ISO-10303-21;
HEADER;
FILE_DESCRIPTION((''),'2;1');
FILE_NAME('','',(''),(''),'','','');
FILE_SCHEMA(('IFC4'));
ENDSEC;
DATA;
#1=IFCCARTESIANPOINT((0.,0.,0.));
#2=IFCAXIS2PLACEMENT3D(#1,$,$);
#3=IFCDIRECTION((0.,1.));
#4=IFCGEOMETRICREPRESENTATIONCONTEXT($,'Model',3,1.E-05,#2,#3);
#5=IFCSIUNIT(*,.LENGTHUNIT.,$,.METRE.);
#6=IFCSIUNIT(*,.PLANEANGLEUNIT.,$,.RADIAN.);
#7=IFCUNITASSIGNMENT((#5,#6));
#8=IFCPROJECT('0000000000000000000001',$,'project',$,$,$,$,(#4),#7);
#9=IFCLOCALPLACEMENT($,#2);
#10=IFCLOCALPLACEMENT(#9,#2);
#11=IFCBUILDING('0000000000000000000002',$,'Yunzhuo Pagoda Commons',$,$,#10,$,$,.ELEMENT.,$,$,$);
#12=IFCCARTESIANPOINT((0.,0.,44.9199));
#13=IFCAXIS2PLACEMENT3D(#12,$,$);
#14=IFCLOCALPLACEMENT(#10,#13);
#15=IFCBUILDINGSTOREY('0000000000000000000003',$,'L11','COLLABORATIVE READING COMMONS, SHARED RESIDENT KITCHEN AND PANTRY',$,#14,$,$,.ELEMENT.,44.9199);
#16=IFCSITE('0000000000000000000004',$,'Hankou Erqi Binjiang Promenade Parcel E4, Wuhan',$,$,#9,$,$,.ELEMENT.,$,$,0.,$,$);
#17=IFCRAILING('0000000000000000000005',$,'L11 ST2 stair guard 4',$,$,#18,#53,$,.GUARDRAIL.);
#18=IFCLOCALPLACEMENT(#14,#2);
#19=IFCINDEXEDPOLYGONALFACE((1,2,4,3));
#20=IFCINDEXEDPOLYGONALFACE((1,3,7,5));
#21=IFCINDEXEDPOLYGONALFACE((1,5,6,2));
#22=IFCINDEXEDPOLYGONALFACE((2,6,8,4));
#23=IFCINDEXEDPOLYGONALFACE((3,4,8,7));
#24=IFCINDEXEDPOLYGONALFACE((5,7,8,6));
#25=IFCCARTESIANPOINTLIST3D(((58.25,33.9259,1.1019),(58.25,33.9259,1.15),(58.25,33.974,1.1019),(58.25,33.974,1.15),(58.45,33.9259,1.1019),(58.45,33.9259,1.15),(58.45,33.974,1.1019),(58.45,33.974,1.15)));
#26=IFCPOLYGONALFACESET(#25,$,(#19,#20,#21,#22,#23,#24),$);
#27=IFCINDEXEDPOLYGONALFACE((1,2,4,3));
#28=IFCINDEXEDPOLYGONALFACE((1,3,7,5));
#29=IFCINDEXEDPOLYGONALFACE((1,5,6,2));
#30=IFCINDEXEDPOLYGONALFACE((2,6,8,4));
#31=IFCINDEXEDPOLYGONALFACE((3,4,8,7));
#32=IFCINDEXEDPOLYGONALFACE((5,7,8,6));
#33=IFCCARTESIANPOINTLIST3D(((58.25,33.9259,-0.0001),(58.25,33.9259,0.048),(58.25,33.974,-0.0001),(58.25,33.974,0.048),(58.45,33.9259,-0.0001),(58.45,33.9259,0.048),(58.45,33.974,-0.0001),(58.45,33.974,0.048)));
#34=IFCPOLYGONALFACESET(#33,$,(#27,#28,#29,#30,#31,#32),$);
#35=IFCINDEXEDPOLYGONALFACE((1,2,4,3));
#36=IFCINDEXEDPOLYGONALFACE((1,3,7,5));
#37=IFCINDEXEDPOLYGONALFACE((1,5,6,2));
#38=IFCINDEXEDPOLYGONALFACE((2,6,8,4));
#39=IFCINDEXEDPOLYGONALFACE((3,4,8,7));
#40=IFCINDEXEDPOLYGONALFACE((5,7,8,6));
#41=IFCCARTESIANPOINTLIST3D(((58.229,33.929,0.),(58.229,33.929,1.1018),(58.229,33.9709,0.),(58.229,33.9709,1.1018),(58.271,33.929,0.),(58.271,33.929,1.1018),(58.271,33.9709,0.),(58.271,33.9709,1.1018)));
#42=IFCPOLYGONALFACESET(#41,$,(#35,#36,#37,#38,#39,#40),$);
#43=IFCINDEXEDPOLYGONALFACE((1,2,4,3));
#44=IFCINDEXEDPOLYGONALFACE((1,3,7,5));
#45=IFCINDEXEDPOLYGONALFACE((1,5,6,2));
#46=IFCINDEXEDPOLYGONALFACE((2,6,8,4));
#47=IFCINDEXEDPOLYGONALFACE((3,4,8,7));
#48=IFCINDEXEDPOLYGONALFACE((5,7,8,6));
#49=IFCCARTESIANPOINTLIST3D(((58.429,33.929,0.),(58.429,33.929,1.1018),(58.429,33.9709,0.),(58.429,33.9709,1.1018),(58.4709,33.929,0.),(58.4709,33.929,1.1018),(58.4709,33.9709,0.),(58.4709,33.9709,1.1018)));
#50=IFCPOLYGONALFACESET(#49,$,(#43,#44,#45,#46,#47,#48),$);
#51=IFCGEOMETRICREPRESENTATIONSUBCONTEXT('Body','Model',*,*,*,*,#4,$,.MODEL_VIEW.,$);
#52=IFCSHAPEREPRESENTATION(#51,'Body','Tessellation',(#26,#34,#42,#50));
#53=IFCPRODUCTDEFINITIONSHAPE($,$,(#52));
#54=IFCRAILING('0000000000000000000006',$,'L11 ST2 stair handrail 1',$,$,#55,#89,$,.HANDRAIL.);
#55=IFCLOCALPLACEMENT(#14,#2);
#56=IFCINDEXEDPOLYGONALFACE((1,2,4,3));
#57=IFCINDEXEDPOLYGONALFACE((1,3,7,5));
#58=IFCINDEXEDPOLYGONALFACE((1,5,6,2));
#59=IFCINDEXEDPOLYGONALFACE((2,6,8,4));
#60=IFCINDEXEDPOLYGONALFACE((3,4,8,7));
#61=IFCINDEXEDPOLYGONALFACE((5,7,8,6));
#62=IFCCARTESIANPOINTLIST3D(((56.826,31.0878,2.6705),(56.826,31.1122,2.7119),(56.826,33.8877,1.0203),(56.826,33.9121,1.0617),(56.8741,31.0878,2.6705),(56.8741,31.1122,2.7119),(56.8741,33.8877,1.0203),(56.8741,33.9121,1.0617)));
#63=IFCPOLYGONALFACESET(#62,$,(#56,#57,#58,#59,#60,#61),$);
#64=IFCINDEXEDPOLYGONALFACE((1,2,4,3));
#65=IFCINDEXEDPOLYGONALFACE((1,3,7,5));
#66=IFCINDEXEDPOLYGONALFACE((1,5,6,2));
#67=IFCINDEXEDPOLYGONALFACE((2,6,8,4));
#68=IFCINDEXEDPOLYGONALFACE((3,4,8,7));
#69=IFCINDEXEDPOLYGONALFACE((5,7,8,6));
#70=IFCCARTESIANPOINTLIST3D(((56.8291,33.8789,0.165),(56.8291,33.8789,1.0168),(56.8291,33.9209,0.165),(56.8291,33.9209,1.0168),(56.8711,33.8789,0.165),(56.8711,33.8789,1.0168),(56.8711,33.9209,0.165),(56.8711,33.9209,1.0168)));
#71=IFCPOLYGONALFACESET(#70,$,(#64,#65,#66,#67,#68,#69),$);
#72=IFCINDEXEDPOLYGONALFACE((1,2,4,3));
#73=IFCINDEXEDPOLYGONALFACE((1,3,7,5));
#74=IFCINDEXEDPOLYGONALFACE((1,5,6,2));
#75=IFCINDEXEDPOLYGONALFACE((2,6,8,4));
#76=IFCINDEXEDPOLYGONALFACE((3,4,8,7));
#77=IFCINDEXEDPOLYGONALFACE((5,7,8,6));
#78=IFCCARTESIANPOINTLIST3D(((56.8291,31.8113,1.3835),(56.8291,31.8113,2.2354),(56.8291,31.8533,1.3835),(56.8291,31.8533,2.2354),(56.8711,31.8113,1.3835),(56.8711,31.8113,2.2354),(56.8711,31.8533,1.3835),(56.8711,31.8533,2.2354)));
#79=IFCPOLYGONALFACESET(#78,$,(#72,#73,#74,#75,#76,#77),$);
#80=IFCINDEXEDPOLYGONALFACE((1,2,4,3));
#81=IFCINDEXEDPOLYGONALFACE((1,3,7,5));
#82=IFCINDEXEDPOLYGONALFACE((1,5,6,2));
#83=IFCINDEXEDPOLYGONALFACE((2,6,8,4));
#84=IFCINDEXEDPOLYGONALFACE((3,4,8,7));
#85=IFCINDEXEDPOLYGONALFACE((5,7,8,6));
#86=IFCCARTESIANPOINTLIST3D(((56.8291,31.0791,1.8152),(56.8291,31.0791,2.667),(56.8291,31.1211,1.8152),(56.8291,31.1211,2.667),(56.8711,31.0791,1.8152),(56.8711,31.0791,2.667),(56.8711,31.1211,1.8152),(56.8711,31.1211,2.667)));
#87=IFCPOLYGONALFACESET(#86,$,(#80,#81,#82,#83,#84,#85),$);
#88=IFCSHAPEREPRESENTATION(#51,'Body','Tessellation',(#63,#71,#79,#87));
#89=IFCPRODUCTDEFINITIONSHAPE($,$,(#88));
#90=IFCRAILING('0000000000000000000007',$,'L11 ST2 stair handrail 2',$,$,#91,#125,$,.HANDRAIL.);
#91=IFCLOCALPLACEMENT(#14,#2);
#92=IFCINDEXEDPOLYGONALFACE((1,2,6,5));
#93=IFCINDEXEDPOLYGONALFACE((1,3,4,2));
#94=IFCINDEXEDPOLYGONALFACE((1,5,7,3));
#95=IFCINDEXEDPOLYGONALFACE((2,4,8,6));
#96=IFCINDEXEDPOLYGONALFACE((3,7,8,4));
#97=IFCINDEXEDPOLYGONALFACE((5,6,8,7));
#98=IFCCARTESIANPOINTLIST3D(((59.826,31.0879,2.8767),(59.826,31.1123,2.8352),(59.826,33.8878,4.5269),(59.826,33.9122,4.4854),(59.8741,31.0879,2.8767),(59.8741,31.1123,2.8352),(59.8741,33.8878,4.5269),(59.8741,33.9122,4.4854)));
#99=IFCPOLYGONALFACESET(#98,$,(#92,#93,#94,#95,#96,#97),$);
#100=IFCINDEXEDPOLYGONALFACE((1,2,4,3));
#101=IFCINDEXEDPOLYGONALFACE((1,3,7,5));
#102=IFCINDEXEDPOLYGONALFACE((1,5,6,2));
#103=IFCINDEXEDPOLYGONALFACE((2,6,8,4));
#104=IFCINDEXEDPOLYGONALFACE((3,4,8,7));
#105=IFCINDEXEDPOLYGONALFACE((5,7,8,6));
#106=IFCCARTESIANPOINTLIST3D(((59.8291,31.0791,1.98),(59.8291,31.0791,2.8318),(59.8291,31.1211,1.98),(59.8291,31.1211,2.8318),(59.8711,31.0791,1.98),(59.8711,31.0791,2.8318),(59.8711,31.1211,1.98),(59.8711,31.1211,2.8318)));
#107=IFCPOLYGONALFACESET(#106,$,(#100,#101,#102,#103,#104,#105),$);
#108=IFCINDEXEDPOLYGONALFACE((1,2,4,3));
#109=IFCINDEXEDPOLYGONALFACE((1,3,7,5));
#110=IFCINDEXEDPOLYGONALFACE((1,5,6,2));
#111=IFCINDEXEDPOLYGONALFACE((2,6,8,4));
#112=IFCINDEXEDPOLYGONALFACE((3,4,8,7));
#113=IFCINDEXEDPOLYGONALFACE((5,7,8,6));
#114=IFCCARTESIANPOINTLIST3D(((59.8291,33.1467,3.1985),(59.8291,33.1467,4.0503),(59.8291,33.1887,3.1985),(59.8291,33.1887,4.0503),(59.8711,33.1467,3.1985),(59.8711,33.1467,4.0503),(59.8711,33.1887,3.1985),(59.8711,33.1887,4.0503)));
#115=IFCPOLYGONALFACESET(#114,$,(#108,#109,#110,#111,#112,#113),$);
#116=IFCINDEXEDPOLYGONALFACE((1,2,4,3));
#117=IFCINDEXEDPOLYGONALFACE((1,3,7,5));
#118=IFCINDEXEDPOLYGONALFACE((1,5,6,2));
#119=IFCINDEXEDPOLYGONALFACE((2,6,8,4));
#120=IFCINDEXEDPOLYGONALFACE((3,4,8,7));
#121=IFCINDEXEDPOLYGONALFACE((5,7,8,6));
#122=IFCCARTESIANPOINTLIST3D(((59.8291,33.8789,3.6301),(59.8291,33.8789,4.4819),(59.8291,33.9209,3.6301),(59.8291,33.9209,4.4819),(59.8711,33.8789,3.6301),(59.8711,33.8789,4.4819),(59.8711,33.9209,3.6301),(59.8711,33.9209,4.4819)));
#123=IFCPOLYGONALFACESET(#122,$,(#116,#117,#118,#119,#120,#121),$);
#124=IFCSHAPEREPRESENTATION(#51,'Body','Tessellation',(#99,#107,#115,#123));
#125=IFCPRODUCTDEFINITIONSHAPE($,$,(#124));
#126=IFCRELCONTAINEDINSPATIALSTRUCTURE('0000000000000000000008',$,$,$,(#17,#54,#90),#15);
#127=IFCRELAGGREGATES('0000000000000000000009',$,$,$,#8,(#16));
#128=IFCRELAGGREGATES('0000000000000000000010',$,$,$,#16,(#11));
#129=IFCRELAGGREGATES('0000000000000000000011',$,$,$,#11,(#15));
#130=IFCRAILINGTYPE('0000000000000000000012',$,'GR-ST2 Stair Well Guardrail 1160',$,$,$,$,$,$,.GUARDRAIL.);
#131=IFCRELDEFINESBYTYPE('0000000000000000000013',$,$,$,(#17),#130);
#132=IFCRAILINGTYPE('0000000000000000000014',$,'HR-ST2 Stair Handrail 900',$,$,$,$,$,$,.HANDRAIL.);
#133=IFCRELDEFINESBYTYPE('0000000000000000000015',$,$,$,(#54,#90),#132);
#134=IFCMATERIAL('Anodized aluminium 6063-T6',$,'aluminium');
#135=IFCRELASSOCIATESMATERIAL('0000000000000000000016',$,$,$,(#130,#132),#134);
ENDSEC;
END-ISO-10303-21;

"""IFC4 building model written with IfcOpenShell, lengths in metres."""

from ifc_helpers import new_model, si_unit, direction, frame, origin, origin_2d, place, context, subcontext, project, spatial, rectangle, extrude, material, type_object, element, save


model = new_model("IFC4")

# Units and contexts
model_context = context("Model", 3, precision=1e-05, world=origin(), true_north=direction((0.0, 1.0)))
body_context = subcontext(model_context, "Body", "Model", "MODEL_VIEW")
ifc_project = project(units=[si_unit("LENGTHUNIT", "METRE"), si_unit("PLANEANGLEUNIT", "RADIAN")], contexts=[model_context])

# Site, building, storey
site_placement = place(None, origin())
site = spatial("IfcSite", under=ifc_project, at=site_placement, Name="Hankou Erqi Binjiang Promenade Parcel E4, Wuhan", CompositionType="ELEMENT", RefElevation=0.0)
building_placement = place(site_placement, origin())
building = spatial("IfcBuilding", under=site, at=building_placement, Name="Yunzhuo Pagoda Commons", CompositionType="ELEMENT")
storey_placement = place(building_placement, frame((0.0, 0.0, 44.9199)))
storey = spatial("IfcBuildingStorey", under=building, at=storey_placement, Name="L11", Description="COLLABORATIVE READING COMMONS, SHARED RESIDENT KITCHEN AND PANTRY", CompositionType="ELEMENT", Elevation=44.9199)

# Railings
ifc_material_1 = material(Name="Anodized aluminium 6063-T6", Category="aluminium")
railing_type_1 = type_object("IfcRailingType", Name="GR-ST2 Stair Well Guardrail 1160", PredefinedType="GUARDRAIL", material=ifc_material_1)
railing_1_placement = place(storey_placement, frame((58.25, 33.95, 0.0)))
element("IfcRailing", 1, at=railing_1_placement, inside=storey, type_object=railing_type_1, Name="L11 ST2 stair guard 4", PredefinedType="GUARDRAIL", context=body_context, shape_type="SweptSolid", body=[
    extrude(rectangle(XDim=0.0481, YDim=0.0481, at=origin_2d()), frame((0.0, 0.0, 1.126), z_axis=(1.0, 0.0, 0.0), x_axis=(0.0, 1.0, 0.0)), (0.0, 0.0, 1.0), 0.2),
    extrude(rectangle(XDim=0.0481, YDim=0.0481, at=origin_2d()), frame((0.0, 0.0, 0.0239), z_axis=(1.0, 0.0, 0.0), x_axis=(0.0, 1.0, 0.0)), (0.0, 0.0, 1.0), 0.2),
    extrude(rectangle(XDim=0.042, YDim=0.042, at=origin_2d()), origin(), (0.0, 0.0, 1.0), 1.1018),
    extrude(rectangle(XDim=0.042, YDim=0.042, at=origin_2d()), frame((0.2, 0.0, 0.0)), (0.0, 0.0, 1.0), 1.1018),
])
railing_type_2 = type_object("IfcRailingType", Name="HR-ST2 Stair Handrail 900", PredefinedType="HANDRAIL", material=ifc_material_1)
railing_2_placement = place(storey_placement, frame((56.8501, 33.8999, 0.165)))
element("IfcRailing", 2, at=railing_2_placement, inside=storey, type_object=railing_type_2, Name="L11 ST2 stair handrail 1", PredefinedType="HANDRAIL", context=body_context, shape_type="SweptSolid", body=[
    extrude(rectangle(XDim=0.0481, YDim=0.0481, at=origin_2d()), frame((0.0, 0.0, 0.876), z_axis=(0.0, -0.861503, 0.507752), x_axis=(1.0, 0.0, 0.0)), (0.0, 0.0, 1.0), 3.25),
    extrude(rectangle(XDim=0.042, YDim=0.042, at=origin_2d()), origin(), (0.0, 0.0, 1.0), 0.8518),
    extrude(rectangle(XDim=0.042, YDim=0.042, at=origin_2d()), frame((0.0, -2.0676, 1.2185)), (0.0, 0.0, 1.0), 0.8518),
    extrude(rectangle(XDim=0.042, YDim=0.042, at=origin_2d()), frame((0.0, -2.7998, 1.6501)), (0.0, 0.0, 1.0), 0.8518),
])
railing_3_placement = place(storey_placement, frame((59.8501, 31.1001, 1.98)))
element("IfcRailing", 3, at=railing_3_placement, inside=storey, type_object=railing_type_2, Name="L11 ST2 stair handrail 2", PredefinedType="HANDRAIL", context=body_context, shape_type="SweptSolid", body=[
    extrude(rectangle(XDim=0.0481, YDim=0.0481, at=origin_2d()), frame((0.0, 0.0, 0.876), z_axis=(0.0, 0.861503, 0.507752), x_axis=(-1.0, 0.0, 0.0)), (0.0, 0.0, 1.0), 3.25),
    extrude(rectangle(XDim=0.042, YDim=0.042, at=origin_2d()), origin(), (0.0, 0.0, 1.0), 0.8518),
    extrude(rectangle(XDim=0.042, YDim=0.042, at=origin_2d()), frame((0.0, 2.0676, 1.2185)), (0.0, 0.0, 1.0), 0.8518),
    extrude(rectangle(XDim=0.042, YDim=0.042, at=origin_2d()), frame((0.0, 2.7998, 1.6501)), (0.0, 0.0, 1.0), 0.8518),
])

save(model, "model.ifc")
